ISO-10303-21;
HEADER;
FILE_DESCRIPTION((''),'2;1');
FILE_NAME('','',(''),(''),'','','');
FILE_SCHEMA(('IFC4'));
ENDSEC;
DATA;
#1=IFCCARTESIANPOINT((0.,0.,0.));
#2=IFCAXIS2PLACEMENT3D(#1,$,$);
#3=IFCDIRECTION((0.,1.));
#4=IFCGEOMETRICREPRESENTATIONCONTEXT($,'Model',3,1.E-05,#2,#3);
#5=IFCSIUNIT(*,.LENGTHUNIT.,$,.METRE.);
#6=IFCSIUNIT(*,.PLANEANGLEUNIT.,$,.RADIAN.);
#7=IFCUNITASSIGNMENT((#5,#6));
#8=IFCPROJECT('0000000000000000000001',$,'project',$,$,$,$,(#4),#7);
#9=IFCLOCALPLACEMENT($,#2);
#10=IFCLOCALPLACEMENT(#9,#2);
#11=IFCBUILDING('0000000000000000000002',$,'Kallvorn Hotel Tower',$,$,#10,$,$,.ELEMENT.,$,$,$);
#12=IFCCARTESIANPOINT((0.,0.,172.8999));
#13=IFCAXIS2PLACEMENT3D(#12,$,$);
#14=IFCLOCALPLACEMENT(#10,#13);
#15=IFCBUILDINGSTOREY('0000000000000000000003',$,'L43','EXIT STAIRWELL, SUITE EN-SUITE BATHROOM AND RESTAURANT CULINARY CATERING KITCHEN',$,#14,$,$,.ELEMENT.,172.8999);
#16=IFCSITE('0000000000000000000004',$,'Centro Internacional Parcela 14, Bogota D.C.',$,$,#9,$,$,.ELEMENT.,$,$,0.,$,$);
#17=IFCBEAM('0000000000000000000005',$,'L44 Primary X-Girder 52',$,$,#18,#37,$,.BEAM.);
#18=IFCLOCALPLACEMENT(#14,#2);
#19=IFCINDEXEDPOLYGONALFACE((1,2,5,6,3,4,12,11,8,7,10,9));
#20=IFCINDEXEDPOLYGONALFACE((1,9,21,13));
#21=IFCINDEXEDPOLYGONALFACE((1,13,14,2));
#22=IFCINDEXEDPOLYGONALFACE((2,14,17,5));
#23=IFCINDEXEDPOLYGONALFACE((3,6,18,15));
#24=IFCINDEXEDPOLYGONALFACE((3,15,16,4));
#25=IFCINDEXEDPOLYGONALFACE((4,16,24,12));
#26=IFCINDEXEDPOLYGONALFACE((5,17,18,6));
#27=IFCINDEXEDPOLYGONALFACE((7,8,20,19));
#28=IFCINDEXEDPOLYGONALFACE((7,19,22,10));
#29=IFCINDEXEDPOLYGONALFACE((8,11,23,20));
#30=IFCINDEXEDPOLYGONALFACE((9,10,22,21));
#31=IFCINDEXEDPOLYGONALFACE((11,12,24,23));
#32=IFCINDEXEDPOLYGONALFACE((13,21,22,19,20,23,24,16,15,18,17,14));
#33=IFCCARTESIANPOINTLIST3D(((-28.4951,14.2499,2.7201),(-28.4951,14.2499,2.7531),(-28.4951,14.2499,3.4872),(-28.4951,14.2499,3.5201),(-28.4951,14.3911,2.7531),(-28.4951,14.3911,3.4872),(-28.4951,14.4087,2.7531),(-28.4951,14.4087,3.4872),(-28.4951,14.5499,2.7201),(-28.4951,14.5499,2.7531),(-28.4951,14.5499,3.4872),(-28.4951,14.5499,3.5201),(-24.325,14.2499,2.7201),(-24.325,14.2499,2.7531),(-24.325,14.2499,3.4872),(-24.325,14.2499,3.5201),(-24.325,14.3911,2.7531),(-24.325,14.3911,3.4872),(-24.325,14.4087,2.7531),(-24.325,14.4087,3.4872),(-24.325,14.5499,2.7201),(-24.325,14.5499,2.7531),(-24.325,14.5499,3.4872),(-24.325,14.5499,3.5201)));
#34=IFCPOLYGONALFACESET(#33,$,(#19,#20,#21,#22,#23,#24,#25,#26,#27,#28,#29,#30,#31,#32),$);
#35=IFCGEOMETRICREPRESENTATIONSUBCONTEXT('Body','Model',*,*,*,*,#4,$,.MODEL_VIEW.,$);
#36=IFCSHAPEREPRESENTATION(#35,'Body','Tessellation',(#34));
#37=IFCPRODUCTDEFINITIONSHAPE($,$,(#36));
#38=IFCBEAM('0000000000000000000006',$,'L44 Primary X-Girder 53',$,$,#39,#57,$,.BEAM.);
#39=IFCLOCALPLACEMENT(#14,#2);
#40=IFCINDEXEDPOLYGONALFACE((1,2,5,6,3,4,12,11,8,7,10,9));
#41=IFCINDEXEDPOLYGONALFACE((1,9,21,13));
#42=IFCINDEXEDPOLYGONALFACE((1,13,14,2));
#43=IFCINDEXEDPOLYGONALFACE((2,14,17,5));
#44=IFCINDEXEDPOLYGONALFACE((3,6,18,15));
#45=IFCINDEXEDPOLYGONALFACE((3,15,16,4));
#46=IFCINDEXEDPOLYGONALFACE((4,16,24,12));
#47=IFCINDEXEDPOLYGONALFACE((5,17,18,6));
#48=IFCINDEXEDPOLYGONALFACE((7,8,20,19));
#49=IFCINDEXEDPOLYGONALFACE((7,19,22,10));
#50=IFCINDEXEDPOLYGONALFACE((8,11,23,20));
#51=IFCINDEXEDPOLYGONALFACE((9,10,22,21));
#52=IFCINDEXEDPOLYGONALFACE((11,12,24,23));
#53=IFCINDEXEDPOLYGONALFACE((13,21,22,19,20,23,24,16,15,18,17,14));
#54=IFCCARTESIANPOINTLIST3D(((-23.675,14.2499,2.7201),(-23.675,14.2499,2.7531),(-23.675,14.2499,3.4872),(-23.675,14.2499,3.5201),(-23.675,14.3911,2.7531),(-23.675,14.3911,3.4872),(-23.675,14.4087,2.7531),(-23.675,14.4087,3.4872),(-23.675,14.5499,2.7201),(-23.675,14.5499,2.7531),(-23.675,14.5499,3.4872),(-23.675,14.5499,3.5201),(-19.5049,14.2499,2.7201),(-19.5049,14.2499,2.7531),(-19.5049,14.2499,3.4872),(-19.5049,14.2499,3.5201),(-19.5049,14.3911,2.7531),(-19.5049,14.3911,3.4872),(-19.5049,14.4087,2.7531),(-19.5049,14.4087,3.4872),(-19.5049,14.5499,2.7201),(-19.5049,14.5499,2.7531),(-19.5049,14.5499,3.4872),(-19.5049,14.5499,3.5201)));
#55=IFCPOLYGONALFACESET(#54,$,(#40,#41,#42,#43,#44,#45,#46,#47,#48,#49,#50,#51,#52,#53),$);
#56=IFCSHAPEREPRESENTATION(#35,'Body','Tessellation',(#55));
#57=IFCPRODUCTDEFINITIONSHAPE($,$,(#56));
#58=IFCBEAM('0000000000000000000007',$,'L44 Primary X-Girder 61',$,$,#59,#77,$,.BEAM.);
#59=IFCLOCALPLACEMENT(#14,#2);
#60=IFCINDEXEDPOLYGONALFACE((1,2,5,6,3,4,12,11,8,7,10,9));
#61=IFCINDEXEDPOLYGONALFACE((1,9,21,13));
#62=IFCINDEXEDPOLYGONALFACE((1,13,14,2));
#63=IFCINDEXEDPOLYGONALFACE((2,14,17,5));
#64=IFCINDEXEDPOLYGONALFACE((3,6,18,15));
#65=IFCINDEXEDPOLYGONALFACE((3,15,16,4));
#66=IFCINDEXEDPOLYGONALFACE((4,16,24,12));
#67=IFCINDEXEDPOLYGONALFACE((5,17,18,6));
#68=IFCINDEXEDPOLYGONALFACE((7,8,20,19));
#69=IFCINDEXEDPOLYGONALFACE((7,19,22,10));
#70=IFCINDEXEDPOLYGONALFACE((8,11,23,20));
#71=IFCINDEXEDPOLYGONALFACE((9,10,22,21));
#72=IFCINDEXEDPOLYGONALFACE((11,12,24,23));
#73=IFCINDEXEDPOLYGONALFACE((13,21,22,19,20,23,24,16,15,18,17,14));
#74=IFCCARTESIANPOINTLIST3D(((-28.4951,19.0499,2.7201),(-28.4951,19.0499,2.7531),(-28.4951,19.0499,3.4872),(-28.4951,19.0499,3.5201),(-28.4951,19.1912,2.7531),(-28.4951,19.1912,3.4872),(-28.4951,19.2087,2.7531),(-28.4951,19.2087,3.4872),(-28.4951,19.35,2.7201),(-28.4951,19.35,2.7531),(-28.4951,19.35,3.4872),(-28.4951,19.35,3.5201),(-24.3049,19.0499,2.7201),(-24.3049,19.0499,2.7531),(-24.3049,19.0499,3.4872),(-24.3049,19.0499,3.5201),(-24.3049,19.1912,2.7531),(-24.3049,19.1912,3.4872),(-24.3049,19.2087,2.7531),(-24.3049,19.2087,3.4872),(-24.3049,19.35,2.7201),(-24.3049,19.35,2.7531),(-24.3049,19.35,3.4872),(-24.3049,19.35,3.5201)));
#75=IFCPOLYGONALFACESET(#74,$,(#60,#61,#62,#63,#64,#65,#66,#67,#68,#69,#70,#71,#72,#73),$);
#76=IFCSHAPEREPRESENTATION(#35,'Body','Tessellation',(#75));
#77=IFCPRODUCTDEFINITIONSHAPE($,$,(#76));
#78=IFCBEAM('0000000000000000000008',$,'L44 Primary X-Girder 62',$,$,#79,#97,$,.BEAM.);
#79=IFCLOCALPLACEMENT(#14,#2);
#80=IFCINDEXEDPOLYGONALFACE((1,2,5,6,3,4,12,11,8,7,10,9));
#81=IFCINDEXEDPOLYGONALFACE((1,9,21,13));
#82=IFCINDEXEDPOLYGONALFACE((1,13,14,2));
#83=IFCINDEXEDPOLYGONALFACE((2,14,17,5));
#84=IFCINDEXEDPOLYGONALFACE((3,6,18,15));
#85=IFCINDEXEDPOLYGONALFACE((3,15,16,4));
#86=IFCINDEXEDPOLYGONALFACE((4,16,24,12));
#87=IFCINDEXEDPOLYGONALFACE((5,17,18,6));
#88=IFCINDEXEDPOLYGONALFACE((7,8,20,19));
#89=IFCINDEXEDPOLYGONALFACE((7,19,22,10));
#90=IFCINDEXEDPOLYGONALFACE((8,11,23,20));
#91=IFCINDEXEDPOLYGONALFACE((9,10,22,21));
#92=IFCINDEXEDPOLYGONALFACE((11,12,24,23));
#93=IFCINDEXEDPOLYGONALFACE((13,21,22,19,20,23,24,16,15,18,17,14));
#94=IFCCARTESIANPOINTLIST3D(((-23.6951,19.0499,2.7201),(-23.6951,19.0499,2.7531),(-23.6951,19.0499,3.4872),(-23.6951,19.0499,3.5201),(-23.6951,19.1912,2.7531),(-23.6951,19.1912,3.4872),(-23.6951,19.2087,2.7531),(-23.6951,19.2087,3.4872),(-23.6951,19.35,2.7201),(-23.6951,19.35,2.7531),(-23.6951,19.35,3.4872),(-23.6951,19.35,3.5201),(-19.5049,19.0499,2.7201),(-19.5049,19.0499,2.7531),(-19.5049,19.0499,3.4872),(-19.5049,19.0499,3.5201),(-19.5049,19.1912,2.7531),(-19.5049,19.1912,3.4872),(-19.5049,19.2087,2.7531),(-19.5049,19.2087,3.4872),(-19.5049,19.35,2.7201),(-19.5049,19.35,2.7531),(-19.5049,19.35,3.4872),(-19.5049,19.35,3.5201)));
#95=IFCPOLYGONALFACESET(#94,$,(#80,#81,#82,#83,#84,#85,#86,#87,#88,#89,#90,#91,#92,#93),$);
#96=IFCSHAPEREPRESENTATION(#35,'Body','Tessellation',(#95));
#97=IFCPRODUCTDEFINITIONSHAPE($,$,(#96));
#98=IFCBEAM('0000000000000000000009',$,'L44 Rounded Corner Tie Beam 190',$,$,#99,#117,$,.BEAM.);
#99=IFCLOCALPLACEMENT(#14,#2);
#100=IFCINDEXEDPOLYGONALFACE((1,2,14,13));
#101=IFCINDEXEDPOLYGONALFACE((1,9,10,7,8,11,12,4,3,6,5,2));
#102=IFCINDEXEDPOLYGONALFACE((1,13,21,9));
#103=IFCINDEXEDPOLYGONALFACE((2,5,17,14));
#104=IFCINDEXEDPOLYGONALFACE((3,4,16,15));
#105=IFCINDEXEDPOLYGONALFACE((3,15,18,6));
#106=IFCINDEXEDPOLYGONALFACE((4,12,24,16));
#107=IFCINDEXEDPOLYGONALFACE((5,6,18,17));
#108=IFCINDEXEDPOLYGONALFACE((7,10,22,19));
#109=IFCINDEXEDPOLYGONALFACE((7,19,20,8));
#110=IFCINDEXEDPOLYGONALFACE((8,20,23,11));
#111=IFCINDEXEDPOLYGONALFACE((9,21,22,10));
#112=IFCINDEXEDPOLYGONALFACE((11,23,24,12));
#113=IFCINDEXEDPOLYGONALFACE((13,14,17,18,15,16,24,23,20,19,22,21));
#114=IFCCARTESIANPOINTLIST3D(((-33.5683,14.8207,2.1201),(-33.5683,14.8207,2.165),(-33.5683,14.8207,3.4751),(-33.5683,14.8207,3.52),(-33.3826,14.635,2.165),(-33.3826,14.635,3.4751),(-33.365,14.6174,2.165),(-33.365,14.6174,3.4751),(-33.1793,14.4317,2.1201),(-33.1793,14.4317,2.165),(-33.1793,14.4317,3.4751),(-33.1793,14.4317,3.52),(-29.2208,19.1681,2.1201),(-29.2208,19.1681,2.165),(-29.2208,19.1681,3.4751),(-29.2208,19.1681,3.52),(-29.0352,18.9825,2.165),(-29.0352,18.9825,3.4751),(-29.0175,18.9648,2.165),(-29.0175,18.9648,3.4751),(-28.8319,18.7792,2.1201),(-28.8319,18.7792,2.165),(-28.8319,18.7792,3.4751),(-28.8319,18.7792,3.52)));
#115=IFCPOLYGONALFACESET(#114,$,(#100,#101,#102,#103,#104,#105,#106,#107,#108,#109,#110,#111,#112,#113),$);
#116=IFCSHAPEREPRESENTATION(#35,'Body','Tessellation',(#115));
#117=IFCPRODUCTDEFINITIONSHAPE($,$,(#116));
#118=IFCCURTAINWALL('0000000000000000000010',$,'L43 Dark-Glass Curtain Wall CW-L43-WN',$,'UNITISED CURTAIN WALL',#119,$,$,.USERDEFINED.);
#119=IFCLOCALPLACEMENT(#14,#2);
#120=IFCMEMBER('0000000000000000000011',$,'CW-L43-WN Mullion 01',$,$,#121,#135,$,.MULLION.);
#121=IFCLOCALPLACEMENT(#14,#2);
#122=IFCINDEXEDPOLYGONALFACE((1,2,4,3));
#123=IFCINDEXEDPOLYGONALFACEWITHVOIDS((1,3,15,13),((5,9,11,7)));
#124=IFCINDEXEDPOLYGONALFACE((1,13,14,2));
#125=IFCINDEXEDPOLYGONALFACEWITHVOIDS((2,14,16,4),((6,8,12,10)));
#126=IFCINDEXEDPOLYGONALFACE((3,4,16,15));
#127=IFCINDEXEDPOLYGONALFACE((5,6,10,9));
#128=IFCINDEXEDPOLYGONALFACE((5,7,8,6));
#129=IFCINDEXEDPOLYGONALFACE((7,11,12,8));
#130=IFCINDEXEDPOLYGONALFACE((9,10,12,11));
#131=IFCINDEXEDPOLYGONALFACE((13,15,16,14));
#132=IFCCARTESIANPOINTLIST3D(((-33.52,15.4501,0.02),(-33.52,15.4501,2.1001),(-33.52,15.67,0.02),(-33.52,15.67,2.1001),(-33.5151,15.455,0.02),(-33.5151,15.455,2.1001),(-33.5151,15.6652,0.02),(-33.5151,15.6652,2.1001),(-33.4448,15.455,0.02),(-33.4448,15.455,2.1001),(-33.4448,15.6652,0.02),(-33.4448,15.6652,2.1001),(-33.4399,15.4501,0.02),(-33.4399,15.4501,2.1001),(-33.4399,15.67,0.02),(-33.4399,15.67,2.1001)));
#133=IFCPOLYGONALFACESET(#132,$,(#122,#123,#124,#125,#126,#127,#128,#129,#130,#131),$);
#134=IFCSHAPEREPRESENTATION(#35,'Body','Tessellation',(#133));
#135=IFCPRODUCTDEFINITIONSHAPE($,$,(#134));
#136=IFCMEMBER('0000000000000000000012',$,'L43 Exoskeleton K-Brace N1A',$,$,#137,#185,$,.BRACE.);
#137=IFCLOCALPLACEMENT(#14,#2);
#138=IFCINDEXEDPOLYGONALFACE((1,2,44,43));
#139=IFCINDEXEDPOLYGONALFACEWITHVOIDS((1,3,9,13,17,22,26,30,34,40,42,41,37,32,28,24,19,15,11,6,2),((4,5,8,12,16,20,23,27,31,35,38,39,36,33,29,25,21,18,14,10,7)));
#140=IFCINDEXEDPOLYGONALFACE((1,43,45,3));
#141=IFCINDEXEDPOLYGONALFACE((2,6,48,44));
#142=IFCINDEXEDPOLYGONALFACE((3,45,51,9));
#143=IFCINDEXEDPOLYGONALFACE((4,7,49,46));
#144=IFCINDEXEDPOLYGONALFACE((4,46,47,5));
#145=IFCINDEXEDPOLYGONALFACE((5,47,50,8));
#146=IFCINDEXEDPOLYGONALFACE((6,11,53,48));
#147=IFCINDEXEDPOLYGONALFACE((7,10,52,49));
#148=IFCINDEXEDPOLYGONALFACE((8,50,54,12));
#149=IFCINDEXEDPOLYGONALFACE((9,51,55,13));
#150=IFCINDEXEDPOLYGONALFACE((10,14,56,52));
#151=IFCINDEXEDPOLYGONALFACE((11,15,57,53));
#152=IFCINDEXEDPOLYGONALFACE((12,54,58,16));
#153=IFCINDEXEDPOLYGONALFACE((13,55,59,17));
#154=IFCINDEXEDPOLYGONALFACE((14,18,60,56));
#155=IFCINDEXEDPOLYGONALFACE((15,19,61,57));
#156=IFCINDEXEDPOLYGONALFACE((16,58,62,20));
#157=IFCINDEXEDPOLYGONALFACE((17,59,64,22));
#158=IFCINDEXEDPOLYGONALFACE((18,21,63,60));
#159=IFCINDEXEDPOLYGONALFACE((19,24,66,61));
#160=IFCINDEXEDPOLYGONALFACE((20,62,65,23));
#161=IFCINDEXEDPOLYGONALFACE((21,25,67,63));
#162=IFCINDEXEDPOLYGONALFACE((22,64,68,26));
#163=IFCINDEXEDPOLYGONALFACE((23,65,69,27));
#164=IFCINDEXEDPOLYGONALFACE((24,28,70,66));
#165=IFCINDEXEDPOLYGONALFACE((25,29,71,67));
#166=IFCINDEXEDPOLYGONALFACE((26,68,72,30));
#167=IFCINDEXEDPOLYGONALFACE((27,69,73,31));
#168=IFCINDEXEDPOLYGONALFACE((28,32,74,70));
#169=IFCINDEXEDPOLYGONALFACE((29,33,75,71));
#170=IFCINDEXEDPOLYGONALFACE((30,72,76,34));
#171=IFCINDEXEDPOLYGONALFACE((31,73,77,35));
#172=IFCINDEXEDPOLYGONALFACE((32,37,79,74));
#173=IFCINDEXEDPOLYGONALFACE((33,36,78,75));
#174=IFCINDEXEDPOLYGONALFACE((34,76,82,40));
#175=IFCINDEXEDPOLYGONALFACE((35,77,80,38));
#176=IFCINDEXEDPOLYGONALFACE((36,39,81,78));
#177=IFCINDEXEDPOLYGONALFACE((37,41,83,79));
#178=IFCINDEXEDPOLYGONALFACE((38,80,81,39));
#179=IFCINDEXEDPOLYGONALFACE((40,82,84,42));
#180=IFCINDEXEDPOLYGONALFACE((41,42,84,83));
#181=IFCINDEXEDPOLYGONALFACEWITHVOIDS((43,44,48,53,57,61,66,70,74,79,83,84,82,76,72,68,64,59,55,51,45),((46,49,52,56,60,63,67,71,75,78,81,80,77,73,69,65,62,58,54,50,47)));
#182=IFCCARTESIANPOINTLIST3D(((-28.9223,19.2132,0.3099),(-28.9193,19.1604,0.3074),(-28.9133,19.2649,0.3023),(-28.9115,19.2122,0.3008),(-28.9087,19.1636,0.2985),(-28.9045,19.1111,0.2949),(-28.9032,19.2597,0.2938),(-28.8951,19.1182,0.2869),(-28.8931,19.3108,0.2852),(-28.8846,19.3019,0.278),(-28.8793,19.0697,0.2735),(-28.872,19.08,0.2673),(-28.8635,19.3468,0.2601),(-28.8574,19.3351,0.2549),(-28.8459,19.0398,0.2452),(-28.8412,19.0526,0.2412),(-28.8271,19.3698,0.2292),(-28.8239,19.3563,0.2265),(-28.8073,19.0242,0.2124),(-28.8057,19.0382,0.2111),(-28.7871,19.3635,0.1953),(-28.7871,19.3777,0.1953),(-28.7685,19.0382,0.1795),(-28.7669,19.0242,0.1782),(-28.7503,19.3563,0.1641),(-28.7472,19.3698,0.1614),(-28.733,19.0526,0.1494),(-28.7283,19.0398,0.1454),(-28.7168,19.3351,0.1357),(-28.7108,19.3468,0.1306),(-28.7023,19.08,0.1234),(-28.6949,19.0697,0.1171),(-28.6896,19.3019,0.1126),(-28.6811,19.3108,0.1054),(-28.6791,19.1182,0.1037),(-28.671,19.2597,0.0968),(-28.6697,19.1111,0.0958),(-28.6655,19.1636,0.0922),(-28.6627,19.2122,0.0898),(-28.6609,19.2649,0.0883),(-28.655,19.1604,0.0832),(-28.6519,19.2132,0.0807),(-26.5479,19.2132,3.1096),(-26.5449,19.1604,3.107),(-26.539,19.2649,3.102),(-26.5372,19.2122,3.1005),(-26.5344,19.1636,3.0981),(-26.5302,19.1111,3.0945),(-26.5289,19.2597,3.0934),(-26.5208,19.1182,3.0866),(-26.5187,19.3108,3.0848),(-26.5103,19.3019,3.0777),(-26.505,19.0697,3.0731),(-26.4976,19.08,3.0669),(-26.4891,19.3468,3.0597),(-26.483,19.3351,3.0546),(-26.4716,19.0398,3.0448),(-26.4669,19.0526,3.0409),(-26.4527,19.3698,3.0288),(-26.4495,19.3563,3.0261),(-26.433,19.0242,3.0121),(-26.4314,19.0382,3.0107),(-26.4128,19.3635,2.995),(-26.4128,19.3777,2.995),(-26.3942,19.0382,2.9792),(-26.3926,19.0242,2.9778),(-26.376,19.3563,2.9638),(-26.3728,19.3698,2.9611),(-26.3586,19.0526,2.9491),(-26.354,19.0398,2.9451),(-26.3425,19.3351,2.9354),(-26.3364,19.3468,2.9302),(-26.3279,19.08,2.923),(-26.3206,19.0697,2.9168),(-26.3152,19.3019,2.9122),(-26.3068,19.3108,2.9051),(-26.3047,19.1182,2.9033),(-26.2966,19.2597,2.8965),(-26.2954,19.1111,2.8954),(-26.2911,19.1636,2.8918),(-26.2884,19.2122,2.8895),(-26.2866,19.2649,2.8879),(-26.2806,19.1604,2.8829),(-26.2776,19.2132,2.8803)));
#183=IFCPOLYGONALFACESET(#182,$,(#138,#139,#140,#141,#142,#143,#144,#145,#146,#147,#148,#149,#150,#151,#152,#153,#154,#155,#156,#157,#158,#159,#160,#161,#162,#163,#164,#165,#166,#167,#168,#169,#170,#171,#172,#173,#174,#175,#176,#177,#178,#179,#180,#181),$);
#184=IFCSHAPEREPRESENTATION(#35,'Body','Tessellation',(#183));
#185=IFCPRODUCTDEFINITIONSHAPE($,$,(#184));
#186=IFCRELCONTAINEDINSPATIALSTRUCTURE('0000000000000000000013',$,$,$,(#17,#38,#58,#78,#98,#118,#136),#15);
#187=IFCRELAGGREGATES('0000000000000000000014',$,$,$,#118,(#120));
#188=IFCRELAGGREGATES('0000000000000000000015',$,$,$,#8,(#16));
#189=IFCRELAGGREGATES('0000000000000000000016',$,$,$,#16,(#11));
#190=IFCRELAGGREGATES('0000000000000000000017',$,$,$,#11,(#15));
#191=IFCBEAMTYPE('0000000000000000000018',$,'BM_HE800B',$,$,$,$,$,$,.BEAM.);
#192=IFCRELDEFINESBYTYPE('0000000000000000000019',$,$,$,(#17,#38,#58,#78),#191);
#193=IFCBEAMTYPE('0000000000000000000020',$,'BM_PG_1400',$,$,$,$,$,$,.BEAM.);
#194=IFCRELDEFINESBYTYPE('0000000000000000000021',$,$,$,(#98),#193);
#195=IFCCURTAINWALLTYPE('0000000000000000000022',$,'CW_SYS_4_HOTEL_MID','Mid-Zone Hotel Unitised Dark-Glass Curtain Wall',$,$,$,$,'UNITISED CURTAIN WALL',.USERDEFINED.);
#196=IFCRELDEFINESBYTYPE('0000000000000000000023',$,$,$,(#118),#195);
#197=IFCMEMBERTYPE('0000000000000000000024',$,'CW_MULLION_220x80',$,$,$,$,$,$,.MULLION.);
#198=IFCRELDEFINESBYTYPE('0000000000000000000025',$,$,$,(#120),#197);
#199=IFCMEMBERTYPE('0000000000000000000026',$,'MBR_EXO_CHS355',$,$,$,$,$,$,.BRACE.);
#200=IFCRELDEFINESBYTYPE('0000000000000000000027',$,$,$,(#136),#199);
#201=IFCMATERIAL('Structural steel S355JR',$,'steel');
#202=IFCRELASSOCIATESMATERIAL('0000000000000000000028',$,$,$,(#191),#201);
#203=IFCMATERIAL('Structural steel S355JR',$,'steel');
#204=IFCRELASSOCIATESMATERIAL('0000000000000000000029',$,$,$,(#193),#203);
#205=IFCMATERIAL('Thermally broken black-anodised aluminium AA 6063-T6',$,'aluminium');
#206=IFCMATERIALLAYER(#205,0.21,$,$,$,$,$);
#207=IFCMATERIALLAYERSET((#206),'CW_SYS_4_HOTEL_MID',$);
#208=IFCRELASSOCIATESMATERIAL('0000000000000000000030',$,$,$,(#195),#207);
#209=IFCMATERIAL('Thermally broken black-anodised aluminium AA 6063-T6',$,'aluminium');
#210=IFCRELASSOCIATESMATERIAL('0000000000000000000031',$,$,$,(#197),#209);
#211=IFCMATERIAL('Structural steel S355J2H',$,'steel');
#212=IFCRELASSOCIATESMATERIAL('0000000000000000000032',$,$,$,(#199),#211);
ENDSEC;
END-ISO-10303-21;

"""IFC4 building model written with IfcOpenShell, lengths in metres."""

from ifc_helpers import new_model, si_unit, direction, frame, origin, origin_2d, place, context, subcontext, project, spatial, hollow_rectangle, hollow_circle, i_section, extrude, material, layer, layer_set, material_profile, profile_set, type_object, element, aggregate, save


model = new_model("IFC4")

# Units and contexts
model_context = context("Model", 3, precision=1e-05, world=origin(), true_north=direction((0.0, 1.0)))
body_context = subcontext(model_context, "Body", "Model", "MODEL_VIEW")
ifc_project = project(units=[si_unit("LENGTHUNIT", "METRE"), si_unit("PLANEANGLEUNIT", "RADIAN")], contexts=[model_context])

# Site, building, storey
site_placement = place(None, origin())
site = spatial("IfcSite", under=ifc_project, at=site_placement, Name="Centro Internacional Parcela 14, Bogota D.C.", CompositionType="ELEMENT", RefElevation=0.0)
building_placement = place(site_placement, origin())
building = spatial("IfcBuilding", under=site, at=building_placement, Name="Kallvorn Hotel Tower", CompositionType="ELEMENT")
storey_placement = place(building_placement, frame((0.0, 0.0, 172.8999)))
storey = spatial("IfcBuildingStorey", under=building, at=storey_placement, Name="L43", Description="EXIT STAIRWELL, SUITE EN-SUITE BATHROOM AND RESTAURANT CULINARY CATERING KITCHEN", CompositionType="ELEMENT", Elevation=172.8999)

# Beams
ifc_material_1 = material(Name="Structural steel S355JR", Category="steel")
ifc_material_profile_1 = material_profile(ifc_material_1, i_section(OverallWidth=0.3, OverallDepth=0.8, WebThickness=0.0176, FlangeThickness=0.033, at=origin_2d()), Name="HE 800 B")
ifc_profile_set_1 = profile_set([ifc_material_profile_1], Name="Structural steel S355JR")
beam_type_1 = type_object("IfcBeamType", Name="BM_HE800B", PredefinedType="BEAM", material=ifc_profile_set_1)
for number, where, z_axis, x_axis, name in (
    (1, (-28.4951, 14.3999, 3.1201), (1.0, 0.0, 0.0), (0.0, 1.0, 0.0), "L44 Primary X-Girder 52"),
    (2, (-23.675, 14.3999, 3.1201), (1.0, 0.0, 0.0), (0.0, 1.0, 0.0), "L44 Primary X-Girder 53"),
):
    element("IfcBeam", number, at=place(storey_placement, frame(where, z_axis=z_axis, x_axis=x_axis)), inside=storey, type_object=beam_type_1, Name=name, PredefinedType="BEAM", context=body_context, shape_type="SweptSolid", body=[
        extrude(i_section(OverallWidth=0.3, OverallDepth=0.8, WebThickness=0.0176, FlangeThickness=0.033, at=origin_2d()), origin(), (0.0, 0.0, 1.0), 4.1702),
    ])
for number, where, z_axis, x_axis, name in (
    (3, (-28.4951, 19.2, 3.1201), (1.0, 0.0, 0.0), (0.0, 1.0, 0.0), "L44 Primary X-Girder 61"),
    (4, (-23.6951, 19.2, 3.1201), (1.0, 0.0, 0.0), (0.0, 1.0, 0.0), "L44 Primary X-Girder 62"),
):
    element("IfcBeam", number, at=place(storey_placement, frame(where, z_axis=z_axis, x_axis=x_axis)), inside=storey, type_object=beam_type_1, Name=name, PredefinedType="BEAM", context=body_context, shape_type="SweptSolid", body=[
        extrude(i_section(OverallWidth=0.3, OverallDepth=0.8, WebThickness=0.0176, FlangeThickness=0.033, at=origin_2d()), origin(), (0.0, 0.0, 1.0), 4.1902),
    ])
ifc_material_2 = material(Name="Structural steel S355JR", Category="steel")
ifc_material_profile_2 = material_profile(ifc_material_2, i_section(OverallWidth=0.55, OverallDepth=1.3999, WebThickness=0.0249, FlangeThickness=0.0449, at=origin_2d()), Name="PG 1400x550x25x45")
ifc_profile_set_2 = profile_set([ifc_material_profile_2], Name="Structural steel S355JR")
beam_type_2 = type_object("IfcBeamType", Name="BM_PG_1400", PredefinedType="BEAM", material=ifc_profile_set_2)
beam_1_placement = place(storey_placement, frame((-33.3738, 14.6262, 2.8201), z_axis=(0.707107, 0.707107, 0.0), x_axis=(-0.707107, 0.707107, 0.0)))
element("IfcBeam", 5, at=beam_1_placement, inside=storey, type_object=beam_type_2, Name="L44 Rounded Corner Tie Beam 190", PredefinedType="BEAM", context=body_context, shape_type="SweptSolid", body=[
    extrude(i_section(OverallWidth=0.55, OverallDepth=1.3999, WebThickness=0.0249, FlangeThickness=0.0449, at=origin_2d()), origin(), (0.0, 0.0, 1.0), 6.1482),
])

# Curtain wall, member
ifc_material_3 = material(Name="Thermally broken black-anodised aluminium AA 6063-T6", Category="aluminium")
ifc_layer_1 = layer(ifc_material_3, 0.21)
ifc_layer_set_1 = layer_set([ifc_layer_1], Name="CW_SYS_4_HOTEL_MID")
curtain_wall_type = type_object("IfcCurtainWallType", Name="CW_SYS_4_HOTEL_MID", Description="Mid-Zone Hotel Unitised Dark-Glass Curtain Wall", ElementType="UNITISED CURTAIN WALL", PredefinedType="USERDEFINED", material=ifc_layer_set_1)
curtain_wall_placement = place(storey_placement, origin())
curtain_wall = element("IfcCurtainWall", 6, at=curtain_wall_placement, inside=storey, type_object=curtain_wall_type, Name="L43 Dark-Glass Curtain Wall CW-L43-WN", ObjectType="UNITISED CURTAIN WALL", PredefinedType="USERDEFINED")
ifc_material_4 = material(Name="Thermally broken black-anodised aluminium AA 6063-T6", Category="aluminium")
ifc_material_profile_3 = material_profile(ifc_material_4, hollow_rectangle(XDim=0.0801, YDim=0.22, WallThickness=0.0049, at=origin_2d()), Name="MUL 220x80")
ifc_profile_set_3 = profile_set([ifc_material_profile_3], Name="Thermally broken black-anodised aluminium AA 6063-T6")
member_type_1 = type_object("IfcMemberType", Name="CW_MULLION_220x80", PredefinedType="MULLION", material=ifc_profile_set_3)
member_placement = place(storey_placement, frame((-33.48, 15.5601, 0.02), z_axis=(0.0, 0.0, 1.0), x_axis=(1.0, 0.0, 0.0)))
member = element("IfcMember", 7, at=member_placement, type_object=member_type_1, Name="CW-L43-WN Mullion 01", PredefinedType="MULLION", context=body_context, shape_type="SweptSolid", body=[
    extrude(hollow_rectangle(XDim=0.0801, YDim=0.22, WallThickness=0.0049, at=origin_2d()), origin(), (0.0, 0.0, 1.0), 2.0801),
])
aggregate(curtain_wall, [member])

# Member
ifc_material_5 = material(Name="Structural steel S355J2H", Category="steel")
ifc_material_profile_4 = material_profile(ifc_material_5, hollow_circle(Radius=0.1777, WallThickness=0.0142, at=origin_2d()), Name="CHS 355.6x14.2")
ifc_profile_set_4 = profile_set([ifc_material_profile_4], Name="Structural steel S355J2H")
member_type_2 = type_object("IfcMemberType", Name="MBR_EXO_CHS355", PredefinedType="BRACE", material=ifc_profile_set_4)
for number, where, z_axis, x_axis, name in (
    (8, (-28.7871, 19.2, 0.1953), (0.6468, 0.0, 0.762659), (0.0, 1.0, 0.0), "L43 Exoskeleton K-Brace N1A"),
):
    element("IfcMember", number, at=place(storey_placement, frame(where, z_axis=z_axis, x_axis=x_axis)), inside=storey, type_object=member_type_2, Name=name, PredefinedType="BRACE", context=body_context, shape_type="SweptSolid", body=[
        extrude(hollow_circle(Radius=0.1777, WallThickness=0.0142, at=origin_2d()), origin(), (0.0, 0.0, 1.0), 3.6709),
    ])

save(model, "model.ifc")
